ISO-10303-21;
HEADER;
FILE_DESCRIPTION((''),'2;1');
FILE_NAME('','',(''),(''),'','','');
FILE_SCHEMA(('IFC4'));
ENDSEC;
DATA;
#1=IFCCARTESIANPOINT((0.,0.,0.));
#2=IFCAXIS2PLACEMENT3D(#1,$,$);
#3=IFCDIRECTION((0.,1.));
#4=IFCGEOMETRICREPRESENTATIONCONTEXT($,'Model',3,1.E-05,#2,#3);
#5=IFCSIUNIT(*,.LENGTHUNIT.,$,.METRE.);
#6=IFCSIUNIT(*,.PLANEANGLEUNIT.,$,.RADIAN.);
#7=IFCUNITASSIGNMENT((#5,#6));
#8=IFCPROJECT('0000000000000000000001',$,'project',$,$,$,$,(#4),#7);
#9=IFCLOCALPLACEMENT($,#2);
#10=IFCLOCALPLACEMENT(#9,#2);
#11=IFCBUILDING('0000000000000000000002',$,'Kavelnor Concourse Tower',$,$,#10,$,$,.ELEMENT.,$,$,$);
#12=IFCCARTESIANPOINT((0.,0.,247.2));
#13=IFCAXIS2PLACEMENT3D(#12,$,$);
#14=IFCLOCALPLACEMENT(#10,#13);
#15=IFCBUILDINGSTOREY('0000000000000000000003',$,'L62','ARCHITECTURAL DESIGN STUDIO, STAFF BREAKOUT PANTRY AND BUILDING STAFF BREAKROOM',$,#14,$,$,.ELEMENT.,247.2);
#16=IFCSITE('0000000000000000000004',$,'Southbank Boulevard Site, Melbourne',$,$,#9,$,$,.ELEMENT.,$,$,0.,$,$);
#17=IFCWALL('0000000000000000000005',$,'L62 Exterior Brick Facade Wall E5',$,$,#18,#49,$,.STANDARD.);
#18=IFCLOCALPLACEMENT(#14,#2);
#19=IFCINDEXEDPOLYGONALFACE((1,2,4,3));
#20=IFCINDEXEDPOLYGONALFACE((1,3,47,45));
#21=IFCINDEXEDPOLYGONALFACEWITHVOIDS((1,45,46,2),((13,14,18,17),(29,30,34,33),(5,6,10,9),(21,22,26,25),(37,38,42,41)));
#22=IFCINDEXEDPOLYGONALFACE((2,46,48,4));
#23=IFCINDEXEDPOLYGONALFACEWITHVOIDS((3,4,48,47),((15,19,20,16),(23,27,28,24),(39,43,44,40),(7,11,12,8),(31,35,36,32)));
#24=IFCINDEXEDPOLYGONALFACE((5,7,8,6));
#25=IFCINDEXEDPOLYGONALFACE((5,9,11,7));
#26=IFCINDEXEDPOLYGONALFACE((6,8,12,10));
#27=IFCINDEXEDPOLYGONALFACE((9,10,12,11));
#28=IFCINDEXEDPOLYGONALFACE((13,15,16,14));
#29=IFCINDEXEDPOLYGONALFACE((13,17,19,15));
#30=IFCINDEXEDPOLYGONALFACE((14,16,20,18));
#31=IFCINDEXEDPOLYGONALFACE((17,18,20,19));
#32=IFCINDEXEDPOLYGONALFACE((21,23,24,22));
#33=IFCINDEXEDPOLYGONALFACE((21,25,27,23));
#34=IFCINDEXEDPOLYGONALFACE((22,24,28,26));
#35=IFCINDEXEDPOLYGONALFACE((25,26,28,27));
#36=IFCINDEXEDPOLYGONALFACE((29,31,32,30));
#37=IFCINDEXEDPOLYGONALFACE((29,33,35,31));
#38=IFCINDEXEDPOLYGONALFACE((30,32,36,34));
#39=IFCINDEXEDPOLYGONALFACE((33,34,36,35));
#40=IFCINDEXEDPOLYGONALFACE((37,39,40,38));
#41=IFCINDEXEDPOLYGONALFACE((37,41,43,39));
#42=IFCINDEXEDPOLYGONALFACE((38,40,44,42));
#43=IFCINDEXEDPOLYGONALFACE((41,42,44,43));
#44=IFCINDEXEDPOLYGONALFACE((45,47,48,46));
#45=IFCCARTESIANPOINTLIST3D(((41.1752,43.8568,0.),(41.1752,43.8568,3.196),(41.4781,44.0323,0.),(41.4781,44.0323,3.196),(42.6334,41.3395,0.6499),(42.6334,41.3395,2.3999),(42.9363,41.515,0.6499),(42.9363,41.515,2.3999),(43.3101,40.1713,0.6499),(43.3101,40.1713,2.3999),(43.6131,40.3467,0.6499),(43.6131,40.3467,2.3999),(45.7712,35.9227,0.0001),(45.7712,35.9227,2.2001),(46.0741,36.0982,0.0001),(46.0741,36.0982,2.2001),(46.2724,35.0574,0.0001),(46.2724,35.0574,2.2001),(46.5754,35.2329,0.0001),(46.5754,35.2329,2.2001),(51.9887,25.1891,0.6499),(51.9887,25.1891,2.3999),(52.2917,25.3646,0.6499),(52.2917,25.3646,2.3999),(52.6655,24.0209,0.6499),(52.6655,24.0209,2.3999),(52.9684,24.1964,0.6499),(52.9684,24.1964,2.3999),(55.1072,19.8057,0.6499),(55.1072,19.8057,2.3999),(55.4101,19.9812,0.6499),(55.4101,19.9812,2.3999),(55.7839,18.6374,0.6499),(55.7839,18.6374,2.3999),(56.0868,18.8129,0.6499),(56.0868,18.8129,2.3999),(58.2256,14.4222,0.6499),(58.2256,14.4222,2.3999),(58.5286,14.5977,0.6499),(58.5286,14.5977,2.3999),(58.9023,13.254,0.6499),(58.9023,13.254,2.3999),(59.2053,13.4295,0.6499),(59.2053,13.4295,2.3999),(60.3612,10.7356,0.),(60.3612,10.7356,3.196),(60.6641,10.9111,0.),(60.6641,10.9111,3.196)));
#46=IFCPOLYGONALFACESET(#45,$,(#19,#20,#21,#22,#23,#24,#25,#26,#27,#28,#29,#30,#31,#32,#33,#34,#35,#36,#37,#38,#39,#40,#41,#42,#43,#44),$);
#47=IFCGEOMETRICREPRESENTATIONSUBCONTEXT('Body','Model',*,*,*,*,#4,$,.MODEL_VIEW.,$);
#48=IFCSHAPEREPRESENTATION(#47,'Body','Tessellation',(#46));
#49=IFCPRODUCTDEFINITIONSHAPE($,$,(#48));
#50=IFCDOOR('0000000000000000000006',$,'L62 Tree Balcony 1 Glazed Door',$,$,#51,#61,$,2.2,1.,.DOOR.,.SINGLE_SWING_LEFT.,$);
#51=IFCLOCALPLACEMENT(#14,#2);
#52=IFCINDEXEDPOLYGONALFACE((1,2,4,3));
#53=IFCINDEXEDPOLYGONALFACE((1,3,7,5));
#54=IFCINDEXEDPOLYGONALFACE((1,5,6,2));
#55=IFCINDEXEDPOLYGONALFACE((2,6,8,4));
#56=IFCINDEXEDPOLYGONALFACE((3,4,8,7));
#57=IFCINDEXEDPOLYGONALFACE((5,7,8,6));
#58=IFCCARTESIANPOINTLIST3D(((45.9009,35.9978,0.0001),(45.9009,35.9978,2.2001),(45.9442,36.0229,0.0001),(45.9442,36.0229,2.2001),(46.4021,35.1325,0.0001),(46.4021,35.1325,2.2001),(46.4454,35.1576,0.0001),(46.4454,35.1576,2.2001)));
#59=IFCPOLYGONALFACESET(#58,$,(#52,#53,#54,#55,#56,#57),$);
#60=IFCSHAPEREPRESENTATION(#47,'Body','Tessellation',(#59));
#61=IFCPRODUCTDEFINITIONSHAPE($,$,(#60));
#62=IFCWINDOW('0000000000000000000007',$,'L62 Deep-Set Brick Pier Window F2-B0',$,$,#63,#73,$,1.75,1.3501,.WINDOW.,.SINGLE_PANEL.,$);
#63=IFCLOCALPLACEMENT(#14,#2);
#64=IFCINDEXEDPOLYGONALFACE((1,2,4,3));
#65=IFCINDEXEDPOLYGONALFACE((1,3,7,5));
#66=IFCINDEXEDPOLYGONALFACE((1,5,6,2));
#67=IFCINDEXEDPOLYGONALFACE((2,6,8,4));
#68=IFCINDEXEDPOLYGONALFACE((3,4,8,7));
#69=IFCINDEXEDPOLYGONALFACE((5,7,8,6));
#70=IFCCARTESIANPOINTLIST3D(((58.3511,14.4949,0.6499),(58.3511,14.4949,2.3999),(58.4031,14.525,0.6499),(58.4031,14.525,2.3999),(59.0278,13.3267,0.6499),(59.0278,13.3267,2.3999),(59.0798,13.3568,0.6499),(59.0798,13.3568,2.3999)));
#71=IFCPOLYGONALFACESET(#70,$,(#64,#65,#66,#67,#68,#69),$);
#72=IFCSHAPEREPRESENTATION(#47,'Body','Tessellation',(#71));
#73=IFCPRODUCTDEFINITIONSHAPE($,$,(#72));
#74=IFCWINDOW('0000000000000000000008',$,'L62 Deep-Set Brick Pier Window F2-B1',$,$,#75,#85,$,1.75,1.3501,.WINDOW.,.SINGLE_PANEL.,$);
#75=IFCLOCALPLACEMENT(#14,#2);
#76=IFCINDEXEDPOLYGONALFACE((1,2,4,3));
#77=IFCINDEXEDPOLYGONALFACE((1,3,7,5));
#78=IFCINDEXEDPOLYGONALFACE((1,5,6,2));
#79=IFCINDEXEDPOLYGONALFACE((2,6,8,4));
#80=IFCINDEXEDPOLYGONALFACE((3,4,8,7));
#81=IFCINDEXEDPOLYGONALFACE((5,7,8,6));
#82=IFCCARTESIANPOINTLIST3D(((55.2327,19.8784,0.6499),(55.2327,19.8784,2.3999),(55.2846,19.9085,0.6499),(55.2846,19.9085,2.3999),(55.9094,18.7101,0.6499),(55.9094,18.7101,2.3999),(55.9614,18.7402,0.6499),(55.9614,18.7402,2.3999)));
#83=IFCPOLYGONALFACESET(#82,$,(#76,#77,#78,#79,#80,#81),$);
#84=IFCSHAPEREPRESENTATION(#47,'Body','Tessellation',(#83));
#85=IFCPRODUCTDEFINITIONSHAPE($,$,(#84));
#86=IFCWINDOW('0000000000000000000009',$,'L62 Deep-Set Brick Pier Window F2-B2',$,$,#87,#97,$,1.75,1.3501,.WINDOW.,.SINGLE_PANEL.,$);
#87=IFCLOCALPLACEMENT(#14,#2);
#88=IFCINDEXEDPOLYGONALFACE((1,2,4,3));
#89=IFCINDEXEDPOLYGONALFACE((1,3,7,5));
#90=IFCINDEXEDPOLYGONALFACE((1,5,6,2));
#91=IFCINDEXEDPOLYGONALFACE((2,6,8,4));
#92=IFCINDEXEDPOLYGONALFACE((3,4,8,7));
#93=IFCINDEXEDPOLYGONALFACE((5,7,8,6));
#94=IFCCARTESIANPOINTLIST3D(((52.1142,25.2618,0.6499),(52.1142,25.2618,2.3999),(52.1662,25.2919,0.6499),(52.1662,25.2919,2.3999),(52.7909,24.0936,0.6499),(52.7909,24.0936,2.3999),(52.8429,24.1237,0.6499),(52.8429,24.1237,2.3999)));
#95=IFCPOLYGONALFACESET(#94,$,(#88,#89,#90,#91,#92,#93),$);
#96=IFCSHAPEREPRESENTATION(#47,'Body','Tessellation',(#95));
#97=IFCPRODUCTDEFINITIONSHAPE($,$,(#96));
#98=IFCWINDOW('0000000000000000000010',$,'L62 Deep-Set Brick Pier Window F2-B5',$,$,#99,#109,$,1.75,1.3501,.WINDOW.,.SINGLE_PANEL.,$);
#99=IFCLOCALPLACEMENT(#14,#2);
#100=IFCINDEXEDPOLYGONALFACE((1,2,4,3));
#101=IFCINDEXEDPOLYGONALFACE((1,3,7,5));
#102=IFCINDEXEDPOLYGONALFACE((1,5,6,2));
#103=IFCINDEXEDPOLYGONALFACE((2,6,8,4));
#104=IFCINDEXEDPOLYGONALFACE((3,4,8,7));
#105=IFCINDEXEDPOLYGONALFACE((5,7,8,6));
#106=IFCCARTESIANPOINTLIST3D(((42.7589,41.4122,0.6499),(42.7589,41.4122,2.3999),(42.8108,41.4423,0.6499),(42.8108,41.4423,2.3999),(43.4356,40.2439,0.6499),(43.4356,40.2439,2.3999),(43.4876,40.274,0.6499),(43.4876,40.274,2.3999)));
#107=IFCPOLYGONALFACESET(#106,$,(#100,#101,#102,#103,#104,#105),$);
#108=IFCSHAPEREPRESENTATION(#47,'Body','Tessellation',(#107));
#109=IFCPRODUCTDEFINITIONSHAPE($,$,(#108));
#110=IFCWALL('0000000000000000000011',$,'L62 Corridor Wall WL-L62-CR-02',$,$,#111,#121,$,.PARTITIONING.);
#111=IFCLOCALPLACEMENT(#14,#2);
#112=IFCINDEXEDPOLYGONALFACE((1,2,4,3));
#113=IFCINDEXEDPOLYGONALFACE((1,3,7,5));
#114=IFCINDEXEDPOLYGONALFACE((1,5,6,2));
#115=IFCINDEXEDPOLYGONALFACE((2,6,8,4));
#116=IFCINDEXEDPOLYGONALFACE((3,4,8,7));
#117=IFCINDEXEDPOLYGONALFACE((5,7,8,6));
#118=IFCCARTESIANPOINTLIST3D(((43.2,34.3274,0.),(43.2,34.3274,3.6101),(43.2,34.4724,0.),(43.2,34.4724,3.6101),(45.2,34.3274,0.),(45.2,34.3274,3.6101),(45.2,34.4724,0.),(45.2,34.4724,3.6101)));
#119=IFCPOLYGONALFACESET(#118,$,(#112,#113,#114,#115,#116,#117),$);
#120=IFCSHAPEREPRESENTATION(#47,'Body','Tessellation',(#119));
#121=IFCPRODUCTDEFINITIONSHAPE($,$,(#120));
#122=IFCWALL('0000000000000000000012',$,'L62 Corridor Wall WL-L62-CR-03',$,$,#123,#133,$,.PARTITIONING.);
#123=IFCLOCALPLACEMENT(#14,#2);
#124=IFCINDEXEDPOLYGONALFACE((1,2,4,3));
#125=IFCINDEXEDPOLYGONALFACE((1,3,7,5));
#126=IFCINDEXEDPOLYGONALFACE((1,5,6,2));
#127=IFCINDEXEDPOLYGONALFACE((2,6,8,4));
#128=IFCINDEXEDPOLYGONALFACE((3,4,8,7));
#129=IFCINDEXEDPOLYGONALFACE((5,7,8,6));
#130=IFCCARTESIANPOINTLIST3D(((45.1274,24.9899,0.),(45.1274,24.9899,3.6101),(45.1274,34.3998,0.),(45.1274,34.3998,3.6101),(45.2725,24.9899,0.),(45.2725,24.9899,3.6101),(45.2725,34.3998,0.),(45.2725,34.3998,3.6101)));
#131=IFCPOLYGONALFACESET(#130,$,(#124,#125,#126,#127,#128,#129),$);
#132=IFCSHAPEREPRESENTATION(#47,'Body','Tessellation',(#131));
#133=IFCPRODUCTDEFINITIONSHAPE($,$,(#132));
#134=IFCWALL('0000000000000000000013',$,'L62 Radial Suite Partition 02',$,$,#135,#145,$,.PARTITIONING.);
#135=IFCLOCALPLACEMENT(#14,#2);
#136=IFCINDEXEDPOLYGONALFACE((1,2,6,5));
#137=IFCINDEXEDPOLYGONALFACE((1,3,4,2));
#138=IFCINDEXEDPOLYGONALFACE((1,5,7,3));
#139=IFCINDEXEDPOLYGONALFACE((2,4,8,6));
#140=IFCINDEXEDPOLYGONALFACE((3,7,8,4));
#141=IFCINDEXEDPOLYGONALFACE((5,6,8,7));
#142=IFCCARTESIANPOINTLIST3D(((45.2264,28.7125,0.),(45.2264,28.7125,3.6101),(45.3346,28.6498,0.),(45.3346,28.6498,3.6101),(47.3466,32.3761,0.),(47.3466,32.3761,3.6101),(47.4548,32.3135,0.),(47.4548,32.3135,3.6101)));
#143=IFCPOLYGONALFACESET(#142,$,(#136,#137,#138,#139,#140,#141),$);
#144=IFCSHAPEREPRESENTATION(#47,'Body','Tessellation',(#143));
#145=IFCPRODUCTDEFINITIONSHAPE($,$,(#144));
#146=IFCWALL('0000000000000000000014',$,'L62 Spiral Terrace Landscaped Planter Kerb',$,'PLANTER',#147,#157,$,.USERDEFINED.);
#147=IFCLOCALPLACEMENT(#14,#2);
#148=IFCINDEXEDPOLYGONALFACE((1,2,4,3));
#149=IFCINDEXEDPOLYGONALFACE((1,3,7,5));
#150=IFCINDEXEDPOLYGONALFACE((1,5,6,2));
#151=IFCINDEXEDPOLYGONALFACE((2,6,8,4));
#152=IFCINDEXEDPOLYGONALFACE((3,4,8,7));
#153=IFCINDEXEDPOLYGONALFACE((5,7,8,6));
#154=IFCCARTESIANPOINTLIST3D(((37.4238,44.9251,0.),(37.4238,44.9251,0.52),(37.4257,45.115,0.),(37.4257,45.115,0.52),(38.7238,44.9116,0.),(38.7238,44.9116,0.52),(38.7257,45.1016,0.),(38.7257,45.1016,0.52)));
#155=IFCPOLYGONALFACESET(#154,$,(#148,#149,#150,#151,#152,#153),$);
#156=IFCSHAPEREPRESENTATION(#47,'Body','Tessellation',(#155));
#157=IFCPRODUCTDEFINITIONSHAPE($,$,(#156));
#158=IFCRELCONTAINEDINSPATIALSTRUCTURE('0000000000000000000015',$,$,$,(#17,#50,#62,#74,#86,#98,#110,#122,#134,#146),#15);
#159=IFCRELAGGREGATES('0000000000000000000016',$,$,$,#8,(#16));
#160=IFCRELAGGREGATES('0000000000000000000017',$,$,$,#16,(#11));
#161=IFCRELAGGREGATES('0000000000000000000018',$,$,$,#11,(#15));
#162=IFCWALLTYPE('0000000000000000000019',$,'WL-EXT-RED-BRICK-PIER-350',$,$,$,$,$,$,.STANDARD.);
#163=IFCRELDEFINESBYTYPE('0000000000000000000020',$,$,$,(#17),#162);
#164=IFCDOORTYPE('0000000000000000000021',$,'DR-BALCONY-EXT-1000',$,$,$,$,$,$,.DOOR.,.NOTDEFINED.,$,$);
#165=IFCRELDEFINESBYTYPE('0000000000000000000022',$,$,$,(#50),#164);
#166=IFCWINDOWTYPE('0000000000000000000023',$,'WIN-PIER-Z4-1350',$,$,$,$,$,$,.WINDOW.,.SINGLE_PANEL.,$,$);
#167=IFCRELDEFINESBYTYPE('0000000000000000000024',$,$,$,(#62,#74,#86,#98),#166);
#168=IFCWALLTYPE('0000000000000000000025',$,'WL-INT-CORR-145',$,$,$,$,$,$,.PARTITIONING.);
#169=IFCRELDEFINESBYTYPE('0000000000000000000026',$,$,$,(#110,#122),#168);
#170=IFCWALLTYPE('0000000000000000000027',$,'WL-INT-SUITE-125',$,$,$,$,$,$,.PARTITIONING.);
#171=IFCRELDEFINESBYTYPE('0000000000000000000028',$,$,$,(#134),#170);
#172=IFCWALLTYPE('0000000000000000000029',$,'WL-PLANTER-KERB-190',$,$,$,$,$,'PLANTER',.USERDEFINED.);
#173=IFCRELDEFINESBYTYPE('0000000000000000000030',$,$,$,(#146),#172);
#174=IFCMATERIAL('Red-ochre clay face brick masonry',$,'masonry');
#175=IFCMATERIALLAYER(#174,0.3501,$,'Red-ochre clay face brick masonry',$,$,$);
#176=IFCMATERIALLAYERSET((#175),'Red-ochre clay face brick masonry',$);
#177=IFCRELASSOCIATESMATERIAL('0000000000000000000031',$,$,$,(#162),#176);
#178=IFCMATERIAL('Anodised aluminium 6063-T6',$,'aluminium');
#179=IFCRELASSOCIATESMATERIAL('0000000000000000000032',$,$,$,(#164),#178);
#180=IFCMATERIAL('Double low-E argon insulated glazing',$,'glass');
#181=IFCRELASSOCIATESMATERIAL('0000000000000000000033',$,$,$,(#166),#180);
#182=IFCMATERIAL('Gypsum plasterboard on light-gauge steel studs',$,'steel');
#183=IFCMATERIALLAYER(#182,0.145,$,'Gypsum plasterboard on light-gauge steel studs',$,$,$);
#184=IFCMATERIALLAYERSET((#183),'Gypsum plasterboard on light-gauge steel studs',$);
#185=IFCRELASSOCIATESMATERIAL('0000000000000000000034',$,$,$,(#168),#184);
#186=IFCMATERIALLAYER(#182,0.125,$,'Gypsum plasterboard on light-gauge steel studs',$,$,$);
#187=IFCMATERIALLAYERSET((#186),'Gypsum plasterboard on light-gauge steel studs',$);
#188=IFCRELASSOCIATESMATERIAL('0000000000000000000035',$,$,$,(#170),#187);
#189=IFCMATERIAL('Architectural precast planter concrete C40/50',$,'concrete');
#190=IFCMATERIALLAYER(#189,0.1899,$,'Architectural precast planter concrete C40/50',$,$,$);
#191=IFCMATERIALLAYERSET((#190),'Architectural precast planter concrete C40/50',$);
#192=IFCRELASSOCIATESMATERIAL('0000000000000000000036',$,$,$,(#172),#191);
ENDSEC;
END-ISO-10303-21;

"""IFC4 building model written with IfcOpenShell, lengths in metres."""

from ifc_helpers import new_model, si_unit, direction, frame, frame_2d, origin, place, context, subcontext, project, spatial, rectangle, extrude, material, layer, layer_set, type_object, element, fill, save


model = new_model("IFC4")

# Units and contexts
model_context = context("Model", 3, precision=1e-05, world=origin(), true_north=direction((0.0, 1.0)))
body_context = subcontext(model_context, "Body", "Model", "MODEL_VIEW")
ifc_project = project(units=[si_unit("LENGTHUNIT", "METRE"), si_unit("PLANEANGLEUNIT", "RADIAN")], contexts=[model_context])

# Site, building, storey
site_placement = place(None, origin())
site = spatial("IfcSite", under=ifc_project, at=site_placement, Name="Southbank Boulevard Site, Melbourne", CompositionType="ELEMENT", RefElevation=0.0)
building_placement = place(site_placement, origin())
building = spatial("IfcBuilding", under=site, at=building_placement, Name="Kavelnor Concourse Tower", CompositionType="ELEMENT")
storey_placement = place(building_placement, frame((0.0, 0.0, 247.2)))
storey = spatial("IfcBuildingStorey", under=building, at=storey_placement, Name="L62", Description="ARCHITECTURAL DESIGN STUDIO, STAFF BREAKOUT PANTRY AND BUILDING STAFF BREAKROOM", CompositionType="ELEMENT", Elevation=247.2)

# Wall, openings, door, windows
ifc_material_1 = material(Name="Red-ochre clay face brick masonry", Category="masonry")
ifc_layer_1 = layer(ifc_material_1, 0.3501, Name="Red-ochre clay face brick masonry")
ifc_layer_set_1 = layer_set([ifc_layer_1], Name="Red-ochre clay face brick masonry")
wall_type_1 = type_object("IfcWallType", Name="WL-EXT-RED-BRICK-PIER-350", PredefinedType="STANDARD", material=ifc_layer_set_1)
wall_1_placement = place(storey_placement, frame((41.3267, 43.9446, 0.0), z_axis=(0.0, 0.0, 1.0), x_axis=(0.501242, -0.865307, 0.0)))
wall_1 = element("IfcWall", 1, at=wall_1_placement, inside=storey, type_object=wall_type_1, Name="L62 Exterior Brick Facade Wall E5", PredefinedType="STANDARD", context=body_context, shape_type="SweptSolid", body=[
    extrude(rectangle(XDim=38.2769, YDim=0.3501, at=frame_2d((19.1384, 0.0))), origin(), (0.0, 0.0, 1.0), 3.196),
])
opening_1_placement = place(wall_1_placement, frame((9.1692, 0.0, 0.0)))
opening_1 = element("IfcOpeningElement", 2, at=opening_1_placement, cuts=wall_1, PredefinedType="OPENING", context=body_context, shape_type="SweptSolid", body=[
    extrude(rectangle(XDim=1.0, YDim=2.2, at=frame_2d((0.5, 1.1001))), frame((0.0, 0.1851, 0.0), z_axis=(0.0, -1.0, 0.0), x_axis=(1.0, 0.0, 0.0)), (0.0, 0.0, 1.0), 0.3701),
])
opening_2_placement = place(wall_1_placement, frame((34.0164, 0.0, 0.6499)))
opening_2 = element("IfcOpeningElement", 3, at=opening_2_placement, cuts=wall_1, PredefinedType="OPENING", context=body_context, shape_type="SweptSolid", body=[
    extrude(rectangle(XDim=1.3501, YDim=1.75, at=frame_2d((0.675, 0.875))), frame((0.0, 0.1851, 0.0), z_axis=(0.0, -1.0, 0.0), x_axis=(1.0, 0.0, 0.0)), (0.0, 0.0, 1.0), 0.3701),
])
opening_3_placement = place(wall_1_placement, frame((27.7949, 0.0, 0.6499)))
opening_3 = element("IfcOpeningElement", 4, at=opening_3_placement, cuts=wall_1, PredefinedType="OPENING", context=body_context, shape_type="SweptSolid", body=[
    extrude(rectangle(XDim=1.3501, YDim=1.75, at=frame_2d((0.675, 0.875))), frame((0.0, 0.1851, 0.0), z_axis=(0.0, -1.0, 0.0), x_axis=(1.0, 0.0, 0.0)), (0.0, 0.0, 1.0), 0.3701),
])
opening_4_placement = place(wall_1_placement, frame((21.5735, 0.0, 0.6499)))
opening_4 = element("IfcOpeningElement", 5, at=opening_4_placement, cuts=wall_1, PredefinedType="OPENING", context=body_context, shape_type="SweptSolid", body=[
    extrude(rectangle(XDim=1.3501, YDim=1.75, at=frame_2d((0.675, 0.875))), frame((0.0, 0.1851, 0.0), z_axis=(0.0, -1.0, 0.0), x_axis=(1.0, 0.0, 0.0)), (0.0, 0.0, 1.0), 0.3701),
])
opening_5_placement = place(wall_1_placement, frame((2.9092, 0.0, 0.6499)))
opening_5 = element("IfcOpeningElement", 6, at=opening_5_placement, cuts=wall_1, PredefinedType="OPENING", context=body_context, shape_type="SweptSolid", body=[
    extrude(rectangle(XDim=1.3501, YDim=1.75, at=frame_2d((0.675, 0.875))), frame((0.0, 0.1851, 0.0), z_axis=(0.0, -1.0, 0.0), x_axis=(1.0, 0.0, 0.0)), (0.0, 0.0, 1.0), 0.3701),
])
ifc_material_2 = material(Name="Anodised aluminium 6063-T6", Category="aluminium")
door_type = type_object("IfcDoorType", Name="DR-BALCONY-EXT-1000", OperationType="NOTDEFINED", PredefinedType="DOOR", material=ifc_material_2)
door_placement = place(opening_1_placement, origin())
door = element("IfcDoor", 7, at=door_placement, inside=storey, type_object=door_type, Name="L62 Tree Balcony 1 Glazed Door", OperationType="SINGLE_SWING_LEFT", OverallHeight=2.2, OverallWidth=1.0, PredefinedType="DOOR", context=body_context, shape_type="SweptSolid", body=[
    extrude(rectangle(XDim=1.0, YDim=2.2, at=frame_2d((0.5, 1.1001))), frame((0.0, 0.0249, 0.0), z_axis=(0.0, -1.0, 0.0), x_axis=(1.0, 0.0, 0.0)), (0.0, 0.0, 1.0), 0.05),
])
fill(opening_1, door)
ifc_material_3 = material(Name="Double low-E argon insulated glazing", Category="glass")
window_type = type_object("IfcWindowType", Name="WIN-PIER-Z4-1350", PartitioningType="SINGLE_PANEL", PredefinedType="WINDOW", material=ifc_material_3)
window_1_placement = place(opening_2_placement, origin())
window_1 = element("IfcWindow", 8, at=window_1_placement, inside=storey, type_object=window_type, Name="L62 Deep-Set Brick Pier Window F2-B0", OverallHeight=1.75, OverallWidth=1.3501, PartitioningType="SINGLE_PANEL", PredefinedType="WINDOW", context=body_context, shape_type="SweptSolid", body=[
    extrude(rectangle(XDim=1.3501, YDim=1.75, at=frame_2d((0.675, 0.875))), frame((0.0, 0.03, 0.0), z_axis=(0.0, -1.0, 0.0), x_axis=(1.0, 0.0, 0.0)), (0.0, 0.0, 1.0), 0.0601),
])
fill(opening_2, window_1)
window_2_placement = place(opening_3_placement, origin())
window_2 = element("IfcWindow", 9, at=window_2_placement, inside=storey, type_object=window_type, Name="L62 Deep-Set Brick Pier Window F2-B1", OverallHeight=1.75, OverallWidth=1.3501, PartitioningType="SINGLE_PANEL", PredefinedType="WINDOW", context=body_context, shape_type="SweptSolid", body=[
    extrude(rectangle(XDim=1.3501, YDim=1.75, at=frame_2d((0.675, 0.875))), frame((0.0, 0.03, 0.0), z_axis=(0.0, -1.0, 0.0), x_axis=(1.0, 0.0, 0.0)), (0.0, 0.0, 1.0), 0.0601),
])
fill(opening_3, window_2)
window_3_placement = place(opening_4_placement, origin())
window_3 = element("IfcWindow", 10, at=window_3_placement, inside=storey, type_object=window_type, Name="L62 Deep-Set Brick Pier Window F2-B2", OverallHeight=1.75, OverallWidth=1.3501, PartitioningType="SINGLE_PANEL", PredefinedType="WINDOW", context=body_context, shape_type="SweptSolid", body=[
    extrude(rectangle(XDim=1.3501, YDim=1.75, at=frame_2d((0.675, 0.875))), frame((0.0, 0.03, 0.0), z_axis=(0.0, -1.0, 0.0), x_axis=(1.0, 0.0, 0.0)), (0.0, 0.0, 1.0), 0.0601),
])
fill(opening_4, window_3)
window_4_placement = place(opening_5_placement, origin())
window_4 = element("IfcWindow", 11, at=window_4_placement, inside=storey, type_object=window_type, Name="L62 Deep-Set Brick Pier Window F2-B5", OverallHeight=1.75, OverallWidth=1.3501, PartitioningType="SINGLE_PANEL", PredefinedType="WINDOW", context=body_context, shape_type="SweptSolid", body=[
    extrude(rectangle(XDim=1.3501, YDim=1.75, at=frame_2d((0.675, 0.875))), frame((0.0, 0.03, 0.0), z_axis=(0.0, -1.0, 0.0), x_axis=(1.0, 0.0, 0.0)), (0.0, 0.0, 1.0), 0.0601),
])
fill(opening_5, window_4)

# Walls
ifc_material_4 = material(Name="Gypsum plasterboard on light-gauge steel studs", Category="steel")
ifc_layer_2 = layer(ifc_material_4, 0.145, Name="Gypsum plasterboard on light-gauge steel studs")
ifc_layer_set_2 = layer_set([ifc_layer_2], Name="Gypsum plasterboard on light-gauge steel studs")
wall_type_2 = type_object("IfcWallType", Name="WL-INT-CORR-145", PredefinedType="PARTITIONING", material=ifc_layer_set_2)
wall_2_placement = place(storey_placement, frame((43.2, 34.3999, 0.0), z_axis=(0.0, 0.0, 1.0), x_axis=(1.0, 0.0, 0.0)))
element("IfcWall", 12, at=wall_2_placement, inside=storey, type_object=wall_type_2, Name="L62 Corridor Wall WL-L62-CR-02", PredefinedType="PARTITIONING", context=body_context, shape_type="SweptSolid", body=[
    extrude(rectangle(XDim=2.0, YDim=0.145, at=frame_2d((1.0, 0.0))), origin(), (0.0, 0.0, 1.0), 3.6101),
])
wall_3_placement = place(storey_placement, frame((45.2, 34.3999, 0.0), z_axis=(0.0, 0.0, 1.0), x_axis=(0.0, -1.0, 0.0)))
element("IfcWall", 13, at=wall_3_placement, inside=storey, type_object=wall_type_2, Name="L62 Corridor Wall WL-L62-CR-03", PredefinedType="PARTITIONING", context=body_context, shape_type="SweptSolid", body=[
    extrude(rectangle(XDim=9.4099, YDim=0.145, at=frame_2d((4.7051, 0.0))), origin(), (0.0, 0.0, 1.0), 3.6101),
])
ifc_layer_3 = layer(ifc_material_4, 0.125, Name="Gypsum plasterboard on light-gauge steel studs")
ifc_layer_set_3 = layer_set([ifc_layer_3], Name="Gypsum plasterboard on light-gauge steel studs")
wall_type_3 = type_object("IfcWallType", Name="WL-INT-SUITE-125", PredefinedType="PARTITIONING", material=ifc_layer_set_3)
wall_4_placement = place(storey_placement, frame((45.2805, 28.6812, 0.0), z_axis=(0.0, 0.0, 1.0), x_axis=(0.500877, 0.865518, 0.0)))
element("IfcWall", 14, at=wall_4_placement, inside=storey, type_object=wall_type_3, Name="L62 Radial Suite Partition 02", PredefinedType="PARTITIONING", context=body_context, shape_type="SweptSolid", body=[
    extrude(rectangle(XDim=4.2329, YDim=0.125, at=frame_2d((2.1165, 0.0))), origin(), (0.0, 0.0, 1.0), 3.6101),
])
ifc_material_5 = material(Name="Architectural precast planter concrete C40/50", Category="concrete")
ifc_layer_4 = layer(ifc_material_5, 0.1899, Name="Architectural precast planter concrete C40/50")
ifc_layer_set_4 = layer_set([ifc_layer_4], Name="Architectural precast planter concrete C40/50")
wall_type_4 = type_object("IfcWallType", Name="WL-PLANTER-KERB-190", ElementType="PLANTER", PredefinedType="USERDEFINED", material=ifc_layer_set_4)
wall_5_placement = place(storey_placement, frame((38.7246, 45.0066, 0.0), z_axis=(0.0, 0.0, 1.0), x_axis=(-0.999947, 0.010328, 0.0)))
element("IfcWall", 15, at=wall_5_placement, inside=storey, type_object=wall_type_4, Name="L62 Spiral Terrace Landscaped Planter Kerb", ObjectType="PLANTER", PredefinedType="USERDEFINED", context=body_context, shape_type="SweptSolid", body=[
    extrude(rectangle(XDim=1.3, YDim=0.1899, at=frame_2d((0.6499, 0.0))), origin(), (0.0, 0.0, 1.0), 0.52),
])

save(model, "model.ifc")
